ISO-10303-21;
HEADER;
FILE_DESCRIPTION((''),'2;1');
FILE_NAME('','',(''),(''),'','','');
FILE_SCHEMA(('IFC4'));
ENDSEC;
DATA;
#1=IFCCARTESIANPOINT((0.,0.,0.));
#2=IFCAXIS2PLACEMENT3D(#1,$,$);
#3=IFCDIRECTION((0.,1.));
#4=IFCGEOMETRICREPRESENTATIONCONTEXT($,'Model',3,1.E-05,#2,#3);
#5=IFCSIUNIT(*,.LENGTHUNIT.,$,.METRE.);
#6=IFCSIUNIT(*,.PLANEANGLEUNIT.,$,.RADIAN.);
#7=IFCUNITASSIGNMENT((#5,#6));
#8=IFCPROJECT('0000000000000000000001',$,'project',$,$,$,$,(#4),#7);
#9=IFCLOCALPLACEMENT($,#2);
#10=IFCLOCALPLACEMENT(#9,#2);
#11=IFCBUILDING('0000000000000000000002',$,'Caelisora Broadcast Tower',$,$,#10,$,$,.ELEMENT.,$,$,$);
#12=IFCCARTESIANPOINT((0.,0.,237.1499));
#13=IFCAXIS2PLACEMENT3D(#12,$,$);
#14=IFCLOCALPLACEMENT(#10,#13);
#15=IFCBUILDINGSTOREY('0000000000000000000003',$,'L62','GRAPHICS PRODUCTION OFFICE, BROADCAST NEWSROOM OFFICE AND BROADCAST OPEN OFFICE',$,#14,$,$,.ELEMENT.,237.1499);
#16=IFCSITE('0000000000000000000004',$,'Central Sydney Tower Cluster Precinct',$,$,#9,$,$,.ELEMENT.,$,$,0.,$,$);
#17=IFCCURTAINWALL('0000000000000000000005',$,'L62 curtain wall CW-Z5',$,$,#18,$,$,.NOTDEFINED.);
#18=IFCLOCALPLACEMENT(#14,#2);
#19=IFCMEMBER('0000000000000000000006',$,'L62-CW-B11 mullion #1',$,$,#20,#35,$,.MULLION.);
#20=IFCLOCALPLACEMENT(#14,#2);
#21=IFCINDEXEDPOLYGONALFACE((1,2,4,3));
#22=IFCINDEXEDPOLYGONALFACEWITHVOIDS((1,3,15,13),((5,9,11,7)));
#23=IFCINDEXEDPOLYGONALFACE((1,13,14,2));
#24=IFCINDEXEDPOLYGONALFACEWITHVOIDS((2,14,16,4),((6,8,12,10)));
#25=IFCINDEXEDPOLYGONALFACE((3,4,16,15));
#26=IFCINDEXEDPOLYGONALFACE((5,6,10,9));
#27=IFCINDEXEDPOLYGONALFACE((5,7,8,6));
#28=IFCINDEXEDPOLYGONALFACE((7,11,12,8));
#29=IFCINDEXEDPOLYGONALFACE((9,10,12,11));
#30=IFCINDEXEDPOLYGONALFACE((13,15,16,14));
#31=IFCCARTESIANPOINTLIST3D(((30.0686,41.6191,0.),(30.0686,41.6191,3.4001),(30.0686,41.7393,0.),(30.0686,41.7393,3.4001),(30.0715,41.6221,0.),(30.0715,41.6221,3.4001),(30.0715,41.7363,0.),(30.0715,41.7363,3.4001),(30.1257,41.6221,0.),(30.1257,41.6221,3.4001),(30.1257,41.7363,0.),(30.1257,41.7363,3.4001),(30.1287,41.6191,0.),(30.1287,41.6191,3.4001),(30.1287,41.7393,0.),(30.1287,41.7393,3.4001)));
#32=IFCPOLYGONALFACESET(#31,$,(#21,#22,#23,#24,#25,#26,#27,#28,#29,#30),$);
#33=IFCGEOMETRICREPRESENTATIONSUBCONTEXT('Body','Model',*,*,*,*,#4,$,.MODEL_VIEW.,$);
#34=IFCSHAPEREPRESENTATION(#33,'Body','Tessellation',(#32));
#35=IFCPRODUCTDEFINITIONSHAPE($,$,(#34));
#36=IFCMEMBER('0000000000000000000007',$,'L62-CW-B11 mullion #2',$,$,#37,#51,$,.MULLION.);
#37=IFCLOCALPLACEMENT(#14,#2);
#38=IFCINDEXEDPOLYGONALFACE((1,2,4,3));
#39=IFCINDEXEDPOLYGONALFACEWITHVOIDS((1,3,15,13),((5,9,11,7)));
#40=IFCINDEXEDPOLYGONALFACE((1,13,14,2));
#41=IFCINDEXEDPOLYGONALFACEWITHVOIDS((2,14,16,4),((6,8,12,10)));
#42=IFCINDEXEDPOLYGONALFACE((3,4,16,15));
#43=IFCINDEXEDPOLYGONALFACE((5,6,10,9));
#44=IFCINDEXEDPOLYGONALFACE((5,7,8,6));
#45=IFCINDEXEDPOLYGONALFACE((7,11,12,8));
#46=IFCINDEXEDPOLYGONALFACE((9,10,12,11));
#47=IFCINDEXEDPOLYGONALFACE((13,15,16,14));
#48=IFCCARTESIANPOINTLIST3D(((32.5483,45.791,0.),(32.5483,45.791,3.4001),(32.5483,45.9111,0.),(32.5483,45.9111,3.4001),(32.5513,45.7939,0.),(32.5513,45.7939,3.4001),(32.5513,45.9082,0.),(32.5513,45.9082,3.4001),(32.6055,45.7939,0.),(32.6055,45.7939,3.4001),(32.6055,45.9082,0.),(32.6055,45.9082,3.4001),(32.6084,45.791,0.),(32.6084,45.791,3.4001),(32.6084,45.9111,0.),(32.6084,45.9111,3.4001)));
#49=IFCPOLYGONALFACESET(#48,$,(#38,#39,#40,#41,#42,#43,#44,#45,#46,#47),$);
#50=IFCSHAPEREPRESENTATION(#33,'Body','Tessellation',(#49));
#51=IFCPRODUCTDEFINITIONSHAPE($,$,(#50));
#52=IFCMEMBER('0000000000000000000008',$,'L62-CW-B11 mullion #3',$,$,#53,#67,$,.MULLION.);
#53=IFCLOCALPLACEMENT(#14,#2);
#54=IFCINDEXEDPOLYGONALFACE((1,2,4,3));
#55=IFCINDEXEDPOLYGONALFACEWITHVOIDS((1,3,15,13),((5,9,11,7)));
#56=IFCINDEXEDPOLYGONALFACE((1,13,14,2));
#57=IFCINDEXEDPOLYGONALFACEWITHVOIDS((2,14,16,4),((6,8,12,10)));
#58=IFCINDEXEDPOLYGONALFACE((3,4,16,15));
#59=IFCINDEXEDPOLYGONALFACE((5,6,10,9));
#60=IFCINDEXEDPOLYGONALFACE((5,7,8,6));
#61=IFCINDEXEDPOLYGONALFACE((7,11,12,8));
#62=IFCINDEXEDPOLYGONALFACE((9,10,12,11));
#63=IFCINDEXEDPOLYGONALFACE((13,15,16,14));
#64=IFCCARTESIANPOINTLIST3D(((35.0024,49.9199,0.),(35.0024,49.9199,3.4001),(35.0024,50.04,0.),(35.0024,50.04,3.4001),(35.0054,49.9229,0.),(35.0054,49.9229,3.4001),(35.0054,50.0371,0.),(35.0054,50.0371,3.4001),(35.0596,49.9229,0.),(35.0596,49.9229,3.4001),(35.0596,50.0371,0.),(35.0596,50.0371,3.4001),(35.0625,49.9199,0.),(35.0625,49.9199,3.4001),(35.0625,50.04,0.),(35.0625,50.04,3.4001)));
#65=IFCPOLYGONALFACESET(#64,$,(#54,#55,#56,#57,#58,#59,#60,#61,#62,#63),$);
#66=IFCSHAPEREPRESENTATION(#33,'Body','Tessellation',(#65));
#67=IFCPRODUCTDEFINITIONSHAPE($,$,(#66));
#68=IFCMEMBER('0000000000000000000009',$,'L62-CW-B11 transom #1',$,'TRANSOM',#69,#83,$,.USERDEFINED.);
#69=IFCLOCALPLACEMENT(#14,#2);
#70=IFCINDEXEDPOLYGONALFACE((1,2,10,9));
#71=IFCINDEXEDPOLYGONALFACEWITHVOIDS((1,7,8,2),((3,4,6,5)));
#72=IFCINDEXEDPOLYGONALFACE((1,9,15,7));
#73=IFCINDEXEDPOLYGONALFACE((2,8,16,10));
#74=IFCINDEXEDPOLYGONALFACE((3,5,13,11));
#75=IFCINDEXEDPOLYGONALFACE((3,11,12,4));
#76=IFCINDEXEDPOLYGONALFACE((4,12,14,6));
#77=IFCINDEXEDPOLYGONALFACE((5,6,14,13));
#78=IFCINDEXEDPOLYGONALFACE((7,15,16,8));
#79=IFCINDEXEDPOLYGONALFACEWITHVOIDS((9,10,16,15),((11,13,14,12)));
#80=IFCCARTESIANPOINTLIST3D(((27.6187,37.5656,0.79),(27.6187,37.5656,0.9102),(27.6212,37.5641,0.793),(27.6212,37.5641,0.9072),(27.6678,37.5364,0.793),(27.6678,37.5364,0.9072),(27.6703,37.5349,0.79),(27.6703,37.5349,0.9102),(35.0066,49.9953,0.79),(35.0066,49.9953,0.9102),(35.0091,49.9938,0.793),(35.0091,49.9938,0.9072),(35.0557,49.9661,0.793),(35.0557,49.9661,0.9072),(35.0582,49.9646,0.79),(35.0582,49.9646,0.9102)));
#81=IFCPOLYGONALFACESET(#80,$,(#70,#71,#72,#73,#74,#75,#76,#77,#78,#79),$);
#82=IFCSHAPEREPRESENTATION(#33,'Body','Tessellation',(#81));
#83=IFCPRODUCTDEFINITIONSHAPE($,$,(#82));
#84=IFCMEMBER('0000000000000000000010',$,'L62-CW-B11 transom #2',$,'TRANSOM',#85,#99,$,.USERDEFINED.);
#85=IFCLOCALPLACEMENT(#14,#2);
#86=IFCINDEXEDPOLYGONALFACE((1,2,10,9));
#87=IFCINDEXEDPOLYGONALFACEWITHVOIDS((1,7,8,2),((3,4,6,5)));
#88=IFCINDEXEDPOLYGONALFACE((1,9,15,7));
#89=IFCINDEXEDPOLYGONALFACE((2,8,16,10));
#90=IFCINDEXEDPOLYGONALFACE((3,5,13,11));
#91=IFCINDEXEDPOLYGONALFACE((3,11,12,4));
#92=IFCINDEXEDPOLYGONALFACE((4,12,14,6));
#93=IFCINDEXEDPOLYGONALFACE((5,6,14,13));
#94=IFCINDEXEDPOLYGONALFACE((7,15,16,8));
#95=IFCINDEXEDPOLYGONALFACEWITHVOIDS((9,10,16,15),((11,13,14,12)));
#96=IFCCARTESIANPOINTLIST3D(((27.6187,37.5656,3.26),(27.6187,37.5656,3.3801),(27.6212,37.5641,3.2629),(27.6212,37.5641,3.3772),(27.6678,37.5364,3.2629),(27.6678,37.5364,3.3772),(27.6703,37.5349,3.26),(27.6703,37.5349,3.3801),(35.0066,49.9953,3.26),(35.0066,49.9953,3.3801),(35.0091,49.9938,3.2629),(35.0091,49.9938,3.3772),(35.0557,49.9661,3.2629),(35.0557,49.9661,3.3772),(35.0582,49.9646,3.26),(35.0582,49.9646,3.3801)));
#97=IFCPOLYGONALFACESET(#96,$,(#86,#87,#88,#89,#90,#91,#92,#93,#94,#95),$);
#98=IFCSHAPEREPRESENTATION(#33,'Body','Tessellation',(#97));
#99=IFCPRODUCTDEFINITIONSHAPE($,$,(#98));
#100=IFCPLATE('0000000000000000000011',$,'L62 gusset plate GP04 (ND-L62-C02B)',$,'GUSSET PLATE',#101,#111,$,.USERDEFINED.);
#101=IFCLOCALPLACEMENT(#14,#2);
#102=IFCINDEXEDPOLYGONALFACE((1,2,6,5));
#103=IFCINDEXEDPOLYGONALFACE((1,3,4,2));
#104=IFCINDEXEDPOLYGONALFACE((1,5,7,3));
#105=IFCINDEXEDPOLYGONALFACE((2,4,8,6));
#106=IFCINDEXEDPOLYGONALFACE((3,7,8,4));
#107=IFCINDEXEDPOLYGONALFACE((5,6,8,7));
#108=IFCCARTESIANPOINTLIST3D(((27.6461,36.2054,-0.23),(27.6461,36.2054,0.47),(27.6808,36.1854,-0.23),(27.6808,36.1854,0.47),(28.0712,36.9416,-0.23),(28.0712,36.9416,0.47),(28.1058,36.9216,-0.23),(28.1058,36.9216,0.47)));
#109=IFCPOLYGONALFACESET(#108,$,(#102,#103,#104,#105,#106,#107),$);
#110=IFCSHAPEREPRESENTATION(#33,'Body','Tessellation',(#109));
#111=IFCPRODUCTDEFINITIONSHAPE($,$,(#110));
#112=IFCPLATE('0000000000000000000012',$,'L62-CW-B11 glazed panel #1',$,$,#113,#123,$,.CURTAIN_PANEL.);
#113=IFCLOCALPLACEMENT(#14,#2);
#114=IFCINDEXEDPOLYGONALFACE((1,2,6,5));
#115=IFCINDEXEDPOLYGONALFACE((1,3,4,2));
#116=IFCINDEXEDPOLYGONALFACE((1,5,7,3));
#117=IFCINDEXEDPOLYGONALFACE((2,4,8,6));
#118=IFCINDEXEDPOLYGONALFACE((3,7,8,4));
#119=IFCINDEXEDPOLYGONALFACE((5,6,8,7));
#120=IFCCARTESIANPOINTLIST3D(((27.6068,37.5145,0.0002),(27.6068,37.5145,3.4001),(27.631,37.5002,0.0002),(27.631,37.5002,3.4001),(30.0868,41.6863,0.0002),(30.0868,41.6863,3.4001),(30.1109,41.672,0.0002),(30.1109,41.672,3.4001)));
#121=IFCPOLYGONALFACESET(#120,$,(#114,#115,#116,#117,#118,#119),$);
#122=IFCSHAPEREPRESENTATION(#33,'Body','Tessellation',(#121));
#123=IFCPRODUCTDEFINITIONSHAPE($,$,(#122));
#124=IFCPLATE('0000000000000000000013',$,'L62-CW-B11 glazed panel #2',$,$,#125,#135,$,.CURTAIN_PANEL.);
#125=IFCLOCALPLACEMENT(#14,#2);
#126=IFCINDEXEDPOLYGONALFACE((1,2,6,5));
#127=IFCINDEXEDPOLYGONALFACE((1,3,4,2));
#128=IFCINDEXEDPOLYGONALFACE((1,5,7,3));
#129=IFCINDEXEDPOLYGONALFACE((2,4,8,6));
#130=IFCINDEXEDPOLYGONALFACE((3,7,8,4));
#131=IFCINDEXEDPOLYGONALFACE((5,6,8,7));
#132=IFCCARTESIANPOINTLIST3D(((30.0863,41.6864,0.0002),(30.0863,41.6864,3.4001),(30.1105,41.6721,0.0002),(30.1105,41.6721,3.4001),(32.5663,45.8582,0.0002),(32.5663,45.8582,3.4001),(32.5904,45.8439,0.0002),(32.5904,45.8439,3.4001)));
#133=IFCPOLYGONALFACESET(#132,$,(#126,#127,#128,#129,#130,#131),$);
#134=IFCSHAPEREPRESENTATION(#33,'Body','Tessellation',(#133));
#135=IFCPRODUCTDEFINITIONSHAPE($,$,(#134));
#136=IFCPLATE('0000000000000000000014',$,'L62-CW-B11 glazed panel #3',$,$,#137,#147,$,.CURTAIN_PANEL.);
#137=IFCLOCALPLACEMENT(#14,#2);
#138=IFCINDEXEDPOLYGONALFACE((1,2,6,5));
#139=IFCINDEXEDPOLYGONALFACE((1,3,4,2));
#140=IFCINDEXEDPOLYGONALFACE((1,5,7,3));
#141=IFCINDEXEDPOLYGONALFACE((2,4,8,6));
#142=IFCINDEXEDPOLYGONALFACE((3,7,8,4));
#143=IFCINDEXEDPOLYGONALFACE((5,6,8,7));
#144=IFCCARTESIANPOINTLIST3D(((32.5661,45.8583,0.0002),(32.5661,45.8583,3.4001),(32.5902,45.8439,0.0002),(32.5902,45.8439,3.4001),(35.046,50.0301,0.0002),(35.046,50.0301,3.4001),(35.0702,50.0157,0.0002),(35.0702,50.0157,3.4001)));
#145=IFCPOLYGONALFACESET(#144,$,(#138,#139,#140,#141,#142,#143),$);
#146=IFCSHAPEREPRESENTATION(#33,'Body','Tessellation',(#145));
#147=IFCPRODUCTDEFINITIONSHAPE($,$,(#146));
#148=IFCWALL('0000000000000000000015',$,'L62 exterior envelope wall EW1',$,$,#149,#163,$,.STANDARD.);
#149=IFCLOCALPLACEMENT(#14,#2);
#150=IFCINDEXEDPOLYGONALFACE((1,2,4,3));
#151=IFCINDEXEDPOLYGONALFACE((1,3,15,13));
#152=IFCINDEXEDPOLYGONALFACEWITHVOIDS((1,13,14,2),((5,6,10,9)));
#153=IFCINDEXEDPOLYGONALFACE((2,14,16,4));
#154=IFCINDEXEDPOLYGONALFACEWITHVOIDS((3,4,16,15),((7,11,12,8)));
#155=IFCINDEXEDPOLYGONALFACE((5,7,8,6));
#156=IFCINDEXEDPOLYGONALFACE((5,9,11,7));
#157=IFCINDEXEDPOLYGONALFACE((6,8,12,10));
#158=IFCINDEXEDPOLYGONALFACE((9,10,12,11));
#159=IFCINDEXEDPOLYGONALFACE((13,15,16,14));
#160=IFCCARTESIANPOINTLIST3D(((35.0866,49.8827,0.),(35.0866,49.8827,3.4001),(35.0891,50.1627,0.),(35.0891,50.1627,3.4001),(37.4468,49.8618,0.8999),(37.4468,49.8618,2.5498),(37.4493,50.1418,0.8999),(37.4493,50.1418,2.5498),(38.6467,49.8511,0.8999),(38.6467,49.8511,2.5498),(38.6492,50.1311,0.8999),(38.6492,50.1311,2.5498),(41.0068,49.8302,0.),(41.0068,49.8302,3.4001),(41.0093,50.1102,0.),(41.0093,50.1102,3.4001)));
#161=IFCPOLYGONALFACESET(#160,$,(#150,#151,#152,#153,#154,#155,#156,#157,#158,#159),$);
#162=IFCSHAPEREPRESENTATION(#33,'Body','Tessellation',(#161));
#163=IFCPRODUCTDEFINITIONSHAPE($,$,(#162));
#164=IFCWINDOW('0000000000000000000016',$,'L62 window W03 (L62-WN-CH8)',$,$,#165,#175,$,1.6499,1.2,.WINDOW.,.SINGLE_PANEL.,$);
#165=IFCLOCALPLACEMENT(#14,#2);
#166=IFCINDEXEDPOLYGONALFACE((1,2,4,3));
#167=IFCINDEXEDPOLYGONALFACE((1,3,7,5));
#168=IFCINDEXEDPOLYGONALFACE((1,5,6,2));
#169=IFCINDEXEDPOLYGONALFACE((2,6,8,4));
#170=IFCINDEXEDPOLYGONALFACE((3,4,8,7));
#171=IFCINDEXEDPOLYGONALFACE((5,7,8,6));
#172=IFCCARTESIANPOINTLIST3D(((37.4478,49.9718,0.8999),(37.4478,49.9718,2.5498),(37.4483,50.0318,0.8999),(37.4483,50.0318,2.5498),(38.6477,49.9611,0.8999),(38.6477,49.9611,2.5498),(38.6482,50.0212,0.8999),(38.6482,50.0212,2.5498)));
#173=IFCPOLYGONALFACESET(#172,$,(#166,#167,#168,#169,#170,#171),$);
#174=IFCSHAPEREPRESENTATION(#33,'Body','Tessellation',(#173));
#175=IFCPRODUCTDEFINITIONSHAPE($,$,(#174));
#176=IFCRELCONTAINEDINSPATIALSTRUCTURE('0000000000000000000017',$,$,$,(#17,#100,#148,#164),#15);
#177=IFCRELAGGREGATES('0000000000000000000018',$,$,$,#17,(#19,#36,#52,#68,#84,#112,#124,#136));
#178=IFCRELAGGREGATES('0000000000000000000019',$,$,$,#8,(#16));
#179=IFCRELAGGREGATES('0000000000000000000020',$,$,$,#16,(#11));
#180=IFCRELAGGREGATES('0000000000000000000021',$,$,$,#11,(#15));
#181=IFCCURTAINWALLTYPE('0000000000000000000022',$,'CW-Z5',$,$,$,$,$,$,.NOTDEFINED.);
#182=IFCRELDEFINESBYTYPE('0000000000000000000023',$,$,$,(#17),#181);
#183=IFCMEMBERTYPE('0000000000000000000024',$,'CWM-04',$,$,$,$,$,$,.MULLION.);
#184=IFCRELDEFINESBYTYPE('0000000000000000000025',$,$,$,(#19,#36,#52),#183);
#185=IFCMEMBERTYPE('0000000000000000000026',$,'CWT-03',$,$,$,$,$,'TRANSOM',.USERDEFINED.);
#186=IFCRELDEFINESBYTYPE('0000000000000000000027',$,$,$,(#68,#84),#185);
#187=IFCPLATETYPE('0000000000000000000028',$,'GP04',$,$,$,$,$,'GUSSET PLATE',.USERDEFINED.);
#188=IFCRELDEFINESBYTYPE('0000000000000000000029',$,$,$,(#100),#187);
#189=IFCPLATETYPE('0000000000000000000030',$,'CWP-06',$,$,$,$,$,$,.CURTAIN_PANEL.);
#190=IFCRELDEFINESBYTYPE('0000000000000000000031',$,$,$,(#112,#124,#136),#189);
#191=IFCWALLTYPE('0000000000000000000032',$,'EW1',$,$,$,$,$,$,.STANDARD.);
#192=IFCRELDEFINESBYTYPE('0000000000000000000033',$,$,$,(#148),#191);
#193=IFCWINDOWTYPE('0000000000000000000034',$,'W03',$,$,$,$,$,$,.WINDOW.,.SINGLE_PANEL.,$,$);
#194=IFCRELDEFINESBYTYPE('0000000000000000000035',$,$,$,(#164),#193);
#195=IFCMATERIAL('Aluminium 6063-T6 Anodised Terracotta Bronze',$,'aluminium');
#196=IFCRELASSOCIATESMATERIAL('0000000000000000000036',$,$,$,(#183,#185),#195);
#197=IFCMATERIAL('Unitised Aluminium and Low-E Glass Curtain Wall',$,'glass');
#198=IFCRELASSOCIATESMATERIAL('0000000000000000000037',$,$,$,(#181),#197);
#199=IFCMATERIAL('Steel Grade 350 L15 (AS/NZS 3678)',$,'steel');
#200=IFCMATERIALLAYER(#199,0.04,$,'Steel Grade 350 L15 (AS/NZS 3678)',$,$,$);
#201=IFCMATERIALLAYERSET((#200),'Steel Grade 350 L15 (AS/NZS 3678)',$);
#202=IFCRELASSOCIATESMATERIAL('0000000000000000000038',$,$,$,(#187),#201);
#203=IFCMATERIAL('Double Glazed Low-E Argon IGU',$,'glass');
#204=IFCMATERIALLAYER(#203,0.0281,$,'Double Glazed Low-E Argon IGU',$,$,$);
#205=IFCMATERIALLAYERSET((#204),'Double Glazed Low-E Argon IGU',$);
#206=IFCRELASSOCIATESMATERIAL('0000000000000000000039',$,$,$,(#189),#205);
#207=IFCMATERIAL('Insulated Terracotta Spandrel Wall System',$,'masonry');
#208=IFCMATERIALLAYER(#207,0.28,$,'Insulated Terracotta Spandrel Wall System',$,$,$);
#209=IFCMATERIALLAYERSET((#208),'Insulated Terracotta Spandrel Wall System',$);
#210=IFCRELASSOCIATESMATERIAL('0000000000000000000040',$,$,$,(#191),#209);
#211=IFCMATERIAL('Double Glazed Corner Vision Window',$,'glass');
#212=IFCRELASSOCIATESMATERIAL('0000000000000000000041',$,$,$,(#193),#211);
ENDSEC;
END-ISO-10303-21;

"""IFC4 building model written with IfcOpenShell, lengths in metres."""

from ifc_helpers import new_model, si_unit, direction, frame, frame_2d, origin, origin_2d, place, context, subcontext, project, spatial, rectangle, hollow_rectangle, extrude, source, transform, mapped, material, layer, layer_set, material_profile, profile_set, type_object, type_shapes, element, fill, aggregate, save


model = new_model("IFC4")

# Units and contexts
model_context = context("Model", 3, precision=1e-05, world=origin(), true_north=direction((0.0, 1.0)))
body_context = subcontext(model_context, "Body", "Model", "MODEL_VIEW")
ifc_project = project(units=[si_unit("LENGTHUNIT", "METRE"), si_unit("PLANEANGLEUNIT", "RADIAN")], contexts=[model_context])

# Site, building, storey
site_placement = place(None, origin())
site = spatial("IfcSite", under=ifc_project, at=site_placement, Name="Central Sydney Tower Cluster Precinct", CompositionType="ELEMENT", RefElevation=0.0)
building_placement = place(site_placement, origin())
building = spatial("IfcBuilding", under=site, at=building_placement, Name="Caelisora Broadcast Tower", CompositionType="ELEMENT")
storey_placement = place(building_placement, frame((0.0, 0.0, 237.1499)))
storey = spatial("IfcBuildingStorey", under=building, at=storey_placement, Name="L62", Description="GRAPHICS PRODUCTION OFFICE, BROADCAST NEWSROOM OFFICE AND BROADCAST OPEN OFFICE", CompositionType="ELEMENT", Elevation=237.1499)

# Shared definitions
ifc_material_1 = material(Name="Steel Grade 350 L15 (AS/NZS 3678)", Category="steel")

# Shared definitions
ifc_material_2 = material(Name="Aluminium 6063-T6 Anodised Terracotta Bronze", Category="aluminium")
ifc_material_profile_1 = material_profile(ifc_material_2, hollow_rectangle(XDim=0.0601, YDim=0.1201, WallThickness=0.0029, at=origin_2d()), Name="Aluminium 6063-T6 Anodised Terracotta Bronze")
ifc_profile_set_1 = profile_set([ifc_material_profile_1], Name="Aluminium 6063-T6 Anodised Terracotta Bronze")
member_type_1 = type_object("IfcMemberType", Name="CWM-04", PredefinedType="MULLION", material=ifc_profile_set_1)
shared_shape_1 = source(origin(), body_context, "Body", "SweptSolid", [
    extrude(hollow_rectangle(XDim=0.0601, YDim=0.1201, WallThickness=0.0029, at=origin_2d()), origin(), (0.0, 0.0, 1.0), 3.4001),
])
type_shapes(member_type_1, [shared_shape_1])

# Curtain wall, members
ifc_material_3 = material(Name="Unitised Aluminium and Low-E Glass Curtain Wall", Category="glass")
curtain_wall_type_1 = type_object("IfcCurtainWallType", Name="CW-Z5", PredefinedType="NOTDEFINED", material=ifc_material_3)
curtain_wall_1_placement = place(storey_placement, origin())
curtain_wall_1 = element("IfcCurtainWall", 1, at=curtain_wall_1_placement, inside=storey, type_object=curtain_wall_type_1, Name="L62 curtain wall CW-Z5", PredefinedType="NOTDEFINED")
member_1_placement = place(storey_placement, frame((30.0986, 41.6792, 0.0), z_axis=(0.0, 0.0, 1.0), x_axis=(1.0, 0.0, 0.0)))
member_1 = element("IfcMember", 2, at=member_1_placement, type_object=member_type_1, Name="L62-CW-B11 mullion #1", PredefinedType="MULLION", context=body_context, shape_type="MappedRepresentation", body=[
    mapped(shared_shape_1, transform((0.0, 0.0, 0.0), scale=1.0)),
])
member_2_placement = place(storey_placement, frame((32.5784, 45.8511, 0.0), z_axis=(0.0, 0.0, 1.0), x_axis=(1.0, 0.0, 0.0)))
member_2 = element("IfcMember", 3, at=member_2_placement, type_object=member_type_1, Name="L62-CW-B11 mullion #2", PredefinedType="MULLION", context=body_context, shape_type="MappedRepresentation", body=[
    mapped(shared_shape_1, transform((0.0, 0.0, 0.0), scale=1.0)),
])
member_3_placement = place(storey_placement, frame((35.0325, 49.98, 0.0), z_axis=(0.0, 0.0, 1.0), x_axis=(1.0, 0.0, 0.0)))
member_3 = element("IfcMember", 4, at=member_3_placement, type_object=member_type_1, Name="L62-CW-B11 mullion #3", PredefinedType="MULLION", context=body_context, shape_type="MappedRepresentation", body=[
    mapped(shared_shape_1, transform((0.0, 0.0, 0.0), scale=1.0)),
])
ifc_material_profile_2 = material_profile(ifc_material_2, hollow_rectangle(XDim=0.0601, YDim=0.1201, WallThickness=0.0029, at=origin_2d()), Name="Aluminium 6063-T6 Anodised Terracotta Bronze")
ifc_profile_set_2 = profile_set([ifc_material_profile_2], Name="Aluminium 6063-T6 Anodised Terracotta Bronze")
member_type_2 = type_object("IfcMemberType", Name="CWT-03", ElementType="TRANSOM", PredefinedType="USERDEFINED", material=ifc_profile_set_2)
shared_shape_2 = source(origin(), body_context, "Body", "SweptSolid", [
    extrude(hollow_rectangle(XDim=0.0601, YDim=0.1201, WallThickness=0.0029, at=origin_2d()), origin(), (0.0, 0.0, 1.0), 14.4595),
])
type_shapes(member_type_2, [shared_shape_2])
member_4_placement = place(storey_placement, frame((27.6445, 37.5503, 0.8501), z_axis=(0.510938, 0.859617, 0.0), x_axis=(-0.859617, 0.510938, 0.0)))
member_4 = element("IfcMember", 5, at=member_4_placement, type_object=member_type_2, Name="L62-CW-B11 transom #1", ObjectType="TRANSOM", PredefinedType="USERDEFINED", context=body_context, shape_type="MappedRepresentation", body=[
    mapped(shared_shape_2, transform((0.0, 0.0, 0.0), scale=1.0)),
])
member_5_placement = place(storey_placement, frame((27.6445, 37.5503, 3.3201), z_axis=(0.510938, 0.859617, 0.0), x_axis=(-0.859617, 0.510938, 0.0)))
member_5 = element("IfcMember", 6, at=member_5_placement, type_object=member_type_2, Name="L62-CW-B11 transom #2", ObjectType="TRANSOM", PredefinedType="USERDEFINED", context=body_context, shape_type="MappedRepresentation", body=[
    mapped(shared_shape_2, transform((0.0, 0.0, 0.0), scale=1.0)),
])

# Plates
ifc_layer_1 = layer(ifc_material_1, 0.04, Name="Steel Grade 350 L15 (AS/NZS 3678)")
ifc_layer_set_1 = layer_set([ifc_layer_1], Name="Steel Grade 350 L15 (AS/NZS 3678)")
plate_type_1 = type_object("IfcPlateType", Name="GP04", ElementType="GUSSET PLATE", PredefinedType="USERDEFINED", material=ifc_layer_set_1)
shared_shape_3 = source(origin(), body_context, "Body", "SweptSolid", [
    extrude(rectangle(XDim=0.8501, YDim=0.04, at=origin_2d()), origin(), (0.0, 0.0, 1.0), 0.7),
])
type_shapes(plate_type_1, [shared_shape_3])
plate_1_placement = place(storey_placement, frame((27.876, 36.5635, -0.23), z_axis=(0.0, 0.0, 1.0), x_axis=(-0.5, -0.866025, 0.0)))
element("IfcPlate", 7, at=plate_1_placement, inside=storey, type_object=plate_type_1, Name="L62 gusset plate GP04 (ND-L62-C02B)", ObjectType="GUSSET PLATE", PredefinedType="USERDEFINED", context=body_context, shape_type="MappedRepresentation", body=[
    mapped(shared_shape_3, transform((0.0, 0.0, 0.0), scale=1.0)),
])
ifc_material_4 = material(Name="Double Glazed Low-E Argon IGU", Category="glass")
ifc_layer_2 = layer(ifc_material_4, 0.0281, Name="Double Glazed Low-E Argon IGU")
ifc_layer_set_2 = layer_set([ifc_layer_2], Name="Double Glazed Low-E Argon IGU")
plate_type_2 = type_object("IfcPlateType", Name="CWP-06", PredefinedType="CURTAIN_PANEL", material=ifc_layer_set_2)
shared_shape_4 = source(origin(), body_context, "Body", "SweptSolid", [
    extrude(rectangle(XDim=4.8533, YDim=0.0281, at=origin_2d()), origin(), (0.0, 0.0, 1.0), 3.3999),
])
type_shapes(plate_type_2, [shared_shape_4])
plate_2_placement = place(storey_placement, frame((28.8589, 39.5933, 0.0002), z_axis=(0.0, 0.0, 1.0), x_axis=(0.510993, 0.859585, 0.0)))
plate_2 = element("IfcPlate", 8, at=plate_2_placement, type_object=plate_type_2, Name="L62-CW-B11 glazed panel #1", PredefinedType="CURTAIN_PANEL", context=body_context, shape_type="MappedRepresentation", body=[
    mapped(shared_shape_4, transform((0.0, 0.0, 0.0), scale=1.0)),
])
plate_3_placement = place(storey_placement, frame((31.3384, 43.7651, 0.0002), z_axis=(0.0, 0.0, 1.0), x_axis=(0.510993, 0.859585, 0.0)))
plate_3 = element("IfcPlate", 9, at=plate_3_placement, type_object=plate_type_2, Name="L62-CW-B11 glazed panel #2", PredefinedType="CURTAIN_PANEL", context=body_context, shape_type="MappedRepresentation", body=[
    mapped(shared_shape_4, transform((0.0, 0.0, 0.0), scale=1.0)),
])
plate_4_placement = place(storey_placement, frame((33.8181, 47.937, 0.0002), z_axis=(0.0, 0.0, 1.0), x_axis=(0.510993, 0.859585, 0.0)))
plate_4 = element("IfcPlate", 10, at=plate_4_placement, type_object=plate_type_2, Name="L62-CW-B11 glazed panel #3", PredefinedType="CURTAIN_PANEL", context=body_context, shape_type="MappedRepresentation", body=[
    mapped(shared_shape_4, transform((0.0, 0.0, 0.0), scale=1.0)),
])
aggregate(curtain_wall_1, [member_1, member_2, member_3, member_4, member_5, plate_2, plate_3, plate_4])

# Wall, opening, window
ifc_material_5 = material(Name="Insulated Terracotta Spandrel Wall System", Category="masonry")
ifc_layer_3 = layer(ifc_material_5, 0.28, Name="Insulated Terracotta Spandrel Wall System")
ifc_layer_set_3 = layer_set([ifc_layer_3], Name="Insulated Terracotta Spandrel Wall System")
wall_type_1 = type_object("IfcWallType", Name="EW1", PredefinedType="STANDARD", material=ifc_layer_set_3)
wall_1_placement = place(storey_placement, frame((35.0879, 50.0227, 0.0), z_axis=(0.0, 0.0, 1.0), x_axis=(0.999961, -0.008866, 0.0)))
wall_1 = element("IfcWall", 11, at=wall_1_placement, inside=storey, type_object=wall_type_1, Name="L62 exterior envelope wall EW1", PredefinedType="STANDARD", context=body_context, shape_type="SweptSolid", body=[
    extrude(rectangle(XDim=5.9204, YDim=0.28, at=frame_2d((2.9602, 0.0))), origin(), (0.0, 0.0, 1.0), 3.4001),
])
opening_1_placement = place(wall_1_placement, frame((2.3601, 0.0, 0.8999)))
opening_1 = element("IfcOpeningElement", 12, at=opening_1_placement, cuts=wall_1, PredefinedType="OPENING", context=body_context, shape_type="SweptSolid", body=[
    extrude(rectangle(XDim=1.2, YDim=1.6499, at=frame_2d((0.6001, 0.825))), frame((0.0, 0.1521, 0.0), z_axis=(0.0, -1.0, 0.0), x_axis=(1.0, 0.0, 0.0)), (0.0, 0.0, 1.0), 0.304),
])
ifc_material_6 = material(Name="Double Glazed Corner Vision Window", Category="glass")
window_type = type_object("IfcWindowType", Name="W03", PartitioningType="SINGLE_PANEL", PredefinedType="WINDOW", material=ifc_material_6)
window_placement = place(opening_1_placement, origin())
window = element("IfcWindow", 13, at=window_placement, inside=storey, type_object=window_type, Name="L62 window W03 (L62-WN-CH8)", OverallHeight=1.6499, OverallWidth=1.2, PartitioningType="SINGLE_PANEL", PredefinedType="WINDOW", context=body_context, shape_type="SweptSolid", body=[
    extrude(rectangle(XDim=1.2, YDim=1.6499, at=frame_2d((0.6001, 0.825))), frame((0.0, 0.03, 0.0), z_axis=(0.0, -1.0, 0.0), x_axis=(1.0, 0.0, 0.0)), (0.0, 0.0, 1.0), 0.0601),
])
fill(opening_1, window)

save(model, "model.ifc")
